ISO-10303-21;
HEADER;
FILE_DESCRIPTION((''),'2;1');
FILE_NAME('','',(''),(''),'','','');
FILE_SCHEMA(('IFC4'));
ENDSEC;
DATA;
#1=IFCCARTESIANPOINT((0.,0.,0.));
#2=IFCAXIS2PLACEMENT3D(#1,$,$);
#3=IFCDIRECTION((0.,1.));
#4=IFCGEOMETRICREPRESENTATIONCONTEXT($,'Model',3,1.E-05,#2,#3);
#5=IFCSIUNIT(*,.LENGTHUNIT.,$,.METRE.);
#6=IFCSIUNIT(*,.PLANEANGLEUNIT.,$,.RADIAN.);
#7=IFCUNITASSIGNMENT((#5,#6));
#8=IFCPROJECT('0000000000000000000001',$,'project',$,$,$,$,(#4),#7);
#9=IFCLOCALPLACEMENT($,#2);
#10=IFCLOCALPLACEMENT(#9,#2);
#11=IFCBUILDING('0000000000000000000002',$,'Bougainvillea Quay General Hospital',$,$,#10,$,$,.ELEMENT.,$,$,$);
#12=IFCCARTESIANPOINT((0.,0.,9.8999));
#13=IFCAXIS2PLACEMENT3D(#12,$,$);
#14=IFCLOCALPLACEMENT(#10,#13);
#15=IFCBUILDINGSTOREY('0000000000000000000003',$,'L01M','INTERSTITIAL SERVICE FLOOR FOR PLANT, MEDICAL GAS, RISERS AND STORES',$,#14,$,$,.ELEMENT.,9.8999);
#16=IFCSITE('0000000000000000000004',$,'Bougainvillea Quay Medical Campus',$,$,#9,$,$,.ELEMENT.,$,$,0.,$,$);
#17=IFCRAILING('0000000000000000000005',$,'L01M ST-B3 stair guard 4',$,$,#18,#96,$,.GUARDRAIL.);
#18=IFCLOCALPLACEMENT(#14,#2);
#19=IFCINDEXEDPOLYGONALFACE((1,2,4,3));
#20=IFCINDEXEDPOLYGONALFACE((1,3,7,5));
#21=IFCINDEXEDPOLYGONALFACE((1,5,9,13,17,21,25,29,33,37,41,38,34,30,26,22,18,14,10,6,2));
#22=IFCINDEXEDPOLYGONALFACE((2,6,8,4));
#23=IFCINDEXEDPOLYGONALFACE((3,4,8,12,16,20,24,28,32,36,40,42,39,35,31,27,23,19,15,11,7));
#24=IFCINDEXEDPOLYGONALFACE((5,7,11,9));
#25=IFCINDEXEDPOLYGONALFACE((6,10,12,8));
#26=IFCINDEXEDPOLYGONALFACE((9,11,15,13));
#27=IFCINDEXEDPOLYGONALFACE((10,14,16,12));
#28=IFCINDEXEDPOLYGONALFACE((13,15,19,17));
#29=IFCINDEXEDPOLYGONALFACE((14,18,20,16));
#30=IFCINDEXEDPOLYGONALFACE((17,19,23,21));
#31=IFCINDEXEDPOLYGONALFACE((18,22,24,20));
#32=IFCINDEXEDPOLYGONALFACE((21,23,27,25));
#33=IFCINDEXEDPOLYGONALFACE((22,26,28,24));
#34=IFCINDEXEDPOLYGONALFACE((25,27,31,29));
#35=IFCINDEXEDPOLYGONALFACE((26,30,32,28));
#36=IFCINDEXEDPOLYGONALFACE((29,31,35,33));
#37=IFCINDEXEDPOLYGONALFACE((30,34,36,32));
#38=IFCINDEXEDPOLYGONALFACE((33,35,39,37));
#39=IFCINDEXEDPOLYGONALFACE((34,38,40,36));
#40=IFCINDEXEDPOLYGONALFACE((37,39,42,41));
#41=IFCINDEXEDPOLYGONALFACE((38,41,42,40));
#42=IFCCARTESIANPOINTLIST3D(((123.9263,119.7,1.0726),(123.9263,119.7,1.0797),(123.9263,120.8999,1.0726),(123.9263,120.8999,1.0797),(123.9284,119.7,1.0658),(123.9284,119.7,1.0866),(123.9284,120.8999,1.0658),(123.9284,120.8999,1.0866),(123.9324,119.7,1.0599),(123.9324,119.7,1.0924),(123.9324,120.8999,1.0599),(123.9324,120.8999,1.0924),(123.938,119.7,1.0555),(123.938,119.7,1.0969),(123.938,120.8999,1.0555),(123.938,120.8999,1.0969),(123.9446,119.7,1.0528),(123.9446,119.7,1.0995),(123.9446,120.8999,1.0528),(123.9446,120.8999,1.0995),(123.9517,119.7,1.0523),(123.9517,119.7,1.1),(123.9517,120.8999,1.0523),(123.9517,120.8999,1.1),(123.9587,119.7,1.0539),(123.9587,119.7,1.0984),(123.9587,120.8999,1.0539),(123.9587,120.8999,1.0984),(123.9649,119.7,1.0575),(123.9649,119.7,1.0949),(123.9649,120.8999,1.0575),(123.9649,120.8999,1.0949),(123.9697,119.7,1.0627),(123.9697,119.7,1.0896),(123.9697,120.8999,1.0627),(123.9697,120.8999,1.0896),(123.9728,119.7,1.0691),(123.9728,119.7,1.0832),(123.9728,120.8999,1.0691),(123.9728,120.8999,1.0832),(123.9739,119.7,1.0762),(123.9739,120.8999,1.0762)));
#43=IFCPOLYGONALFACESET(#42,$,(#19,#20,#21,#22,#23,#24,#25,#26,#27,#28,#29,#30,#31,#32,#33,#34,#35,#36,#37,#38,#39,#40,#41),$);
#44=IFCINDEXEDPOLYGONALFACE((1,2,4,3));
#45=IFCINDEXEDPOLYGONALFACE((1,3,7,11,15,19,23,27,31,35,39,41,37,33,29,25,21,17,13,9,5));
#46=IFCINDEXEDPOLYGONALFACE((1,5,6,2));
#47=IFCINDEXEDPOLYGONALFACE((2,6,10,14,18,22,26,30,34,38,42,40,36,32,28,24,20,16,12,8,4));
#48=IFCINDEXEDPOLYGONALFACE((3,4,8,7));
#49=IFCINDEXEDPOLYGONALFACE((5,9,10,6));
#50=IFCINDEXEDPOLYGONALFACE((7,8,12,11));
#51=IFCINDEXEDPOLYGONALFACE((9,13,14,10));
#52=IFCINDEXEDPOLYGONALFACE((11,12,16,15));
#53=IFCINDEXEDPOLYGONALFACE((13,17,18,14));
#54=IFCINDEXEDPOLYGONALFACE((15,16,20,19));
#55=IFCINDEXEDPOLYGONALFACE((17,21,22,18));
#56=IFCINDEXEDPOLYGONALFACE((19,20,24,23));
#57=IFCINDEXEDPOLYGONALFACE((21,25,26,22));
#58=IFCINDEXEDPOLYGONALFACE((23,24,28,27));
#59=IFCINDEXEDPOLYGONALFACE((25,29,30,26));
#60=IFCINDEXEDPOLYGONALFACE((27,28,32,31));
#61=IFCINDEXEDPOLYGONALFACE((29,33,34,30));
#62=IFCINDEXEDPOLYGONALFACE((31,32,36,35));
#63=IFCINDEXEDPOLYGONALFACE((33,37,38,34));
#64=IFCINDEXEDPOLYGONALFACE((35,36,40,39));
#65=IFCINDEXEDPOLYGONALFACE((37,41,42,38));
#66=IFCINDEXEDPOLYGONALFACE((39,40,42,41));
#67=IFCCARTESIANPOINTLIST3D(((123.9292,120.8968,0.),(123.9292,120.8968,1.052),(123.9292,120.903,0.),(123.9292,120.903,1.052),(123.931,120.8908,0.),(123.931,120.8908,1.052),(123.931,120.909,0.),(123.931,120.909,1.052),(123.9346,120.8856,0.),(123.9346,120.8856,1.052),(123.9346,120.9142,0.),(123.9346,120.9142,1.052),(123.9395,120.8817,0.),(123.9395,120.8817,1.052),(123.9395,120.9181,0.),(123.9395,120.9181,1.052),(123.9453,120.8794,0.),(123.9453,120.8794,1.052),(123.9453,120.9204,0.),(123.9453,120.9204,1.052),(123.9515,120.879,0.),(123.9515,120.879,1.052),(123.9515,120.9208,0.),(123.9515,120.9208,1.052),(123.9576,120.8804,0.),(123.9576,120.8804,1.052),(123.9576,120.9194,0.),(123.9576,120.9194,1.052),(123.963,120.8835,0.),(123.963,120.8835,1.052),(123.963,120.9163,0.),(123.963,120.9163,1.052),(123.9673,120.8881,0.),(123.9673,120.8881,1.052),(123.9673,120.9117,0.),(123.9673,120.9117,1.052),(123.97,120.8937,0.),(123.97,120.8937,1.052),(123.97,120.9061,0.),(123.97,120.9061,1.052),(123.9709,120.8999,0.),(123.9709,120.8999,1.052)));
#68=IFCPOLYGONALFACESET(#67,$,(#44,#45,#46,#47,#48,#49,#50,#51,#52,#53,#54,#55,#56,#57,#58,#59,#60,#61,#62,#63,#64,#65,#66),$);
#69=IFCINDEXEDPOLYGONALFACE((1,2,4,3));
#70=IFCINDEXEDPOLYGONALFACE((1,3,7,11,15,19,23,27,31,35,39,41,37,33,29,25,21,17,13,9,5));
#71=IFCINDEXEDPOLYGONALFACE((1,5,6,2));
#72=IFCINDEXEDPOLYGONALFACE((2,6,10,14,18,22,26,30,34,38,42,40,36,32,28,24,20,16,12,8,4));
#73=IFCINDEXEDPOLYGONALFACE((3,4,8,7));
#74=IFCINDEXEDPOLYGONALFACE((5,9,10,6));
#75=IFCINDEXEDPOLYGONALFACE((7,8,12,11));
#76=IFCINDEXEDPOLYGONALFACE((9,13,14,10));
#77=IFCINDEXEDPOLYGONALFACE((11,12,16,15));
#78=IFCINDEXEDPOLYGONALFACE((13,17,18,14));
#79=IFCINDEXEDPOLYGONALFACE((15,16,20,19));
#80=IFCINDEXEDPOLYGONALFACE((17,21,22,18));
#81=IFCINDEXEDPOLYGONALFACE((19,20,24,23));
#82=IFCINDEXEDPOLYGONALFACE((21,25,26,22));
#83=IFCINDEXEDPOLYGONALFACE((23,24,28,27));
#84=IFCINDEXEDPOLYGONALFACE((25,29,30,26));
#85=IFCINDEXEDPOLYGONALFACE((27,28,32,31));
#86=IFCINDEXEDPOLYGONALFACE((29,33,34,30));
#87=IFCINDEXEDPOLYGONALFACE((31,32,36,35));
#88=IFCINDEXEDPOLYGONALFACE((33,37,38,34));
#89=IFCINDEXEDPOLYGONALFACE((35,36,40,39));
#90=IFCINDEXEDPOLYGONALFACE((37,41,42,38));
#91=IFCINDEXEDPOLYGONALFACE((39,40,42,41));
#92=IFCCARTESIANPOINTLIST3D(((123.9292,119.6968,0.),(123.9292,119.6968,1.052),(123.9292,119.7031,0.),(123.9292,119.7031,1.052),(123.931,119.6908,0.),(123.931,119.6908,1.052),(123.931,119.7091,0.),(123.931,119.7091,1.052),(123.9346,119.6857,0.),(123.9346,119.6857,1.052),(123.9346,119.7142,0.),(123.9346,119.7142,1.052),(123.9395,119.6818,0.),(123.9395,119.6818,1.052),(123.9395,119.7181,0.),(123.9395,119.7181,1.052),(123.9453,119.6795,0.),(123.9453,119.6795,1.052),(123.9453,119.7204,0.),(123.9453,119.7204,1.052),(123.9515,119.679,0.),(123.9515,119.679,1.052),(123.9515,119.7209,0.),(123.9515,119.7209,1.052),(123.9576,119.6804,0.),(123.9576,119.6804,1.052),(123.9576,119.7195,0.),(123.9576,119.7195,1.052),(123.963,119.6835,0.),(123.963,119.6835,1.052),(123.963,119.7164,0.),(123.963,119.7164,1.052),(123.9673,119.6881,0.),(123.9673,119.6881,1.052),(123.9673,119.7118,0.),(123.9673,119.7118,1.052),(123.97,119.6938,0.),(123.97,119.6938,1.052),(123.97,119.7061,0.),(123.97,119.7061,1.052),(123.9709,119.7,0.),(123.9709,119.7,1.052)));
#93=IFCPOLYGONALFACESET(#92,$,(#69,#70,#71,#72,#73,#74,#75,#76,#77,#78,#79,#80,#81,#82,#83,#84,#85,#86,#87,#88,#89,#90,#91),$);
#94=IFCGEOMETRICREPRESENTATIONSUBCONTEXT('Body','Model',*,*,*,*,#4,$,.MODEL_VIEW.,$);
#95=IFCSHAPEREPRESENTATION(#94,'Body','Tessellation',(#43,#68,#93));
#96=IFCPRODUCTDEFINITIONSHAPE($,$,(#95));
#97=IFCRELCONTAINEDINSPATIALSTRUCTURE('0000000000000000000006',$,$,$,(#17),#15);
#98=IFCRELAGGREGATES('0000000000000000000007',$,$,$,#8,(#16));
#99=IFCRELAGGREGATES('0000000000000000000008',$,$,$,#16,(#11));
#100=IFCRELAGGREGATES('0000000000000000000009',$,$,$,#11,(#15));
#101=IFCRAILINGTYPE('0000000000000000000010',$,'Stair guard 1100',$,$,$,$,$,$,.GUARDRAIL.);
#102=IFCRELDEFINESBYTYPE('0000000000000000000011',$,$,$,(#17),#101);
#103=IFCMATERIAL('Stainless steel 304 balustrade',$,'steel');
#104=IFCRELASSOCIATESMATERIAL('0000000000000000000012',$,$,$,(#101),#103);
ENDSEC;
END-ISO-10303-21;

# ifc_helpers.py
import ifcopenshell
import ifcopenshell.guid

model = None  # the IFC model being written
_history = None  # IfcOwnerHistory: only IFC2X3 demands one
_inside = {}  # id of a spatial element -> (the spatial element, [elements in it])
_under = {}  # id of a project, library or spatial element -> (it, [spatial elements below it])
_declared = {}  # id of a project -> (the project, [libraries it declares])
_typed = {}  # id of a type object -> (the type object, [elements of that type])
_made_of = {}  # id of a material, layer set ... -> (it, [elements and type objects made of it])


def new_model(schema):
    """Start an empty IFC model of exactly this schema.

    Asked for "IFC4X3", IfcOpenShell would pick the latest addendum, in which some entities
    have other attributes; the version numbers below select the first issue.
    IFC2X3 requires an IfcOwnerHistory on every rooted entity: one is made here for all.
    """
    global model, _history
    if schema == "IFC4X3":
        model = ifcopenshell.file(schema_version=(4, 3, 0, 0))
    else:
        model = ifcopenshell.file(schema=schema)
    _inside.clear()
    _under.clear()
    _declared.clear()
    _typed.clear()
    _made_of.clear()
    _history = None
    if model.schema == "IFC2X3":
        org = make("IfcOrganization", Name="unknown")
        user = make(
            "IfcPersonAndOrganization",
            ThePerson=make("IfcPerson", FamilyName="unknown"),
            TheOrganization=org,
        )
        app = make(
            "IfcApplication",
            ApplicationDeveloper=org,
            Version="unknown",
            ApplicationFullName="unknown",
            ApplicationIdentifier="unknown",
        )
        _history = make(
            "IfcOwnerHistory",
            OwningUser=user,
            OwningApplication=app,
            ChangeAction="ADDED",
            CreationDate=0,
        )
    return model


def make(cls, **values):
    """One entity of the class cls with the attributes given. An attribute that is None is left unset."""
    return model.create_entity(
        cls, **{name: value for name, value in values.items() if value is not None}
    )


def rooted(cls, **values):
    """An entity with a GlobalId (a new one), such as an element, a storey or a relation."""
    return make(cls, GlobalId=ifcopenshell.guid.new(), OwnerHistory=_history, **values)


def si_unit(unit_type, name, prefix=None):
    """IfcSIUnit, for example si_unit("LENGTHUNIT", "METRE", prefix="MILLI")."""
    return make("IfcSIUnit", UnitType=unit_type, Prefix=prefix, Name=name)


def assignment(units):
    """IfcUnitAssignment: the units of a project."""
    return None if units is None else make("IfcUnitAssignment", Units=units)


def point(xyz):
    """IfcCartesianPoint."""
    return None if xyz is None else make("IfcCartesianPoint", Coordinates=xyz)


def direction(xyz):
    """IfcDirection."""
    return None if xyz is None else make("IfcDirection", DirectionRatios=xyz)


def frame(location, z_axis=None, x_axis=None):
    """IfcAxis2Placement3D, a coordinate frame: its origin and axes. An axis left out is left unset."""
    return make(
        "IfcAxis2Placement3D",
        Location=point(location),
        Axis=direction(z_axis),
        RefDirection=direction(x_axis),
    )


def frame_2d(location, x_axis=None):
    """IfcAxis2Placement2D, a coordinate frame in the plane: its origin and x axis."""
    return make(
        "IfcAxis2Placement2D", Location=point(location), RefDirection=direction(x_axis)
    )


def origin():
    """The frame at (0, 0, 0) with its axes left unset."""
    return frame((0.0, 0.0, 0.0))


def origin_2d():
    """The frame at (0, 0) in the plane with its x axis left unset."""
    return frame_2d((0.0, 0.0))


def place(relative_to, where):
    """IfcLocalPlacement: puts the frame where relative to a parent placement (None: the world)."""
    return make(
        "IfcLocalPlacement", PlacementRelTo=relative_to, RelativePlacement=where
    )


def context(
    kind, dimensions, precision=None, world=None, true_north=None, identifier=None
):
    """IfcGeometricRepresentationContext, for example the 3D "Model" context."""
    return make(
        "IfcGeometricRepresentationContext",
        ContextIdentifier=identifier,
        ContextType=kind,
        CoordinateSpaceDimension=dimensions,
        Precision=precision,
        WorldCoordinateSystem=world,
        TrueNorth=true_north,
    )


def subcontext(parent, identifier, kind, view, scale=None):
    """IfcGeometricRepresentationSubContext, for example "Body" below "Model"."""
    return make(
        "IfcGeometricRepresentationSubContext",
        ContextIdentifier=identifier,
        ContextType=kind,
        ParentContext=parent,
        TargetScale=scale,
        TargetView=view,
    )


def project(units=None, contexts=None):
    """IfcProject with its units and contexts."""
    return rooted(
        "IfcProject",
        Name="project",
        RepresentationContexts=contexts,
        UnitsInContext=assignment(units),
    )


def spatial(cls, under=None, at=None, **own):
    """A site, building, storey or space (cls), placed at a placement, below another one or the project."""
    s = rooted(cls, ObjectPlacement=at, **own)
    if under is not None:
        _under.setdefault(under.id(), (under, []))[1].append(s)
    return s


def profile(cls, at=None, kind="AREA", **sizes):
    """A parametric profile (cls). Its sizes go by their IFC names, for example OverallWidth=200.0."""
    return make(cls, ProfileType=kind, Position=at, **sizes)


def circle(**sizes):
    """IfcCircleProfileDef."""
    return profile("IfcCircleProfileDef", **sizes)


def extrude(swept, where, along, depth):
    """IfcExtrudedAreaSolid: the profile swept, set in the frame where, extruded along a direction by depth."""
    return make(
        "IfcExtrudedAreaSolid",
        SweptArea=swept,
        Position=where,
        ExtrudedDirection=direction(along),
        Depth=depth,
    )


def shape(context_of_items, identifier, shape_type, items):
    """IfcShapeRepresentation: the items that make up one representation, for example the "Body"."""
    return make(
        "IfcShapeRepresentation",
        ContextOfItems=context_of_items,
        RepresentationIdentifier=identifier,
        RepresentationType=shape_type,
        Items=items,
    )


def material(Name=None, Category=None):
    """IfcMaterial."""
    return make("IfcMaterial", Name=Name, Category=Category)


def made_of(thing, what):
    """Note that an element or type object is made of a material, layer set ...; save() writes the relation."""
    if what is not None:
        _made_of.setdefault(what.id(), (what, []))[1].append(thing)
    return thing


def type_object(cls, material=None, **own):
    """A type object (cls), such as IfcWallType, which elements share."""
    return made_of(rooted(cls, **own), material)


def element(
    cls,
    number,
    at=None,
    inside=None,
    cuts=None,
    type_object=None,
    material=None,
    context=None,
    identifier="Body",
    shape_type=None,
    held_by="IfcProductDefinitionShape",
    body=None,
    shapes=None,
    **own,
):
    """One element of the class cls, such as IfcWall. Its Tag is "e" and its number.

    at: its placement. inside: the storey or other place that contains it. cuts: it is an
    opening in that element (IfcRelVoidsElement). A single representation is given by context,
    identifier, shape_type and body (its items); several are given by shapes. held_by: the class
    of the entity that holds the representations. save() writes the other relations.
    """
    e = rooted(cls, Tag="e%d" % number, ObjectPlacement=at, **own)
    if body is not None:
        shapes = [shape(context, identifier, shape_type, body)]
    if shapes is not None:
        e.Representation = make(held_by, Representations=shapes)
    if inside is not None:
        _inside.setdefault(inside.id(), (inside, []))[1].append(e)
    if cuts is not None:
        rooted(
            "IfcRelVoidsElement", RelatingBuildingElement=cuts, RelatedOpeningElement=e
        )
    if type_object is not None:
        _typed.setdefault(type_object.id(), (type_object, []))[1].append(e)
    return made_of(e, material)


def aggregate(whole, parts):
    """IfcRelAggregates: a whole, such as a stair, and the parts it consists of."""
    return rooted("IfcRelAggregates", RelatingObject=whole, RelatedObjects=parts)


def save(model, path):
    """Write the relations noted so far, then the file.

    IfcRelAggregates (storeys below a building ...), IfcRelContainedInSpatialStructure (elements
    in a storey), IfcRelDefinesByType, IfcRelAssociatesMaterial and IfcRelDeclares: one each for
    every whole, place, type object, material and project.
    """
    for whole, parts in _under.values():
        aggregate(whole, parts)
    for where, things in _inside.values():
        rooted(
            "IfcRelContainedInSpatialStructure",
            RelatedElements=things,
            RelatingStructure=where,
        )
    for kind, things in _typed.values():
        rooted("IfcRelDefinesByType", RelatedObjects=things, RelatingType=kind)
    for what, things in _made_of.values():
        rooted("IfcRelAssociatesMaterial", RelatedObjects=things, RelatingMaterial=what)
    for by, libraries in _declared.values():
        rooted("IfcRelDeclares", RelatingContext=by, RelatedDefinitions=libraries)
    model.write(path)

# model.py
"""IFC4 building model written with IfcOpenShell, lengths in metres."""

from ifc_helpers import new_model, si_unit, direction, frame, origin, origin_2d, place, context, subcontext, project, spatial, circle, extrude, material, type_object, element, save


model = new_model("IFC4")

# Units and contexts
model_context = context("Model", 3, precision=1e-05, world=origin(), true_north=direction((0.0, 1.0)))
body_context = subcontext(model_context, "Body", "Model", "MODEL_VIEW")
ifc_project = project(units=[si_unit("LENGTHUNIT", "METRE"), si_unit("PLANEANGLEUNIT", "RADIAN")], contexts=[model_context])

# Site, building, storey
site_placement = place(None, origin())
site = spatial("IfcSite", under=ifc_project, at=site_placement, Name="Bougainvillea Quay Medical Campus", CompositionType="ELEMENT", RefElevation=0.0)
building_placement = place(site_placement, origin())
building = spatial("IfcBuilding", under=site, at=building_placement, Name="Bougainvillea Quay General Hospital", CompositionType="ELEMENT")
storey_placement = place(building_placement, frame((0.0, 0.0, 9.8999)))
storey = spatial("IfcBuildingStorey", under=building, at=storey_placement, Name="L01M", Description="INTERSTITIAL SERVICE FLOOR FOR PLANT, MEDICAL GAS, RISERS AND STORES", CompositionType="ELEMENT", Elevation=9.8999)

# Railing
ifc_material_1 = material(Name="Stainless steel 304 balustrade", Category="steel")
railing_type_1 = type_object("IfcRailingType", Name="Stair guard 1100", PredefinedType="GUARDRAIL", material=ifc_material_1)
railing_1_placement = place(storey_placement, frame((123.95, 120.8999, 0.0)))
element("IfcRailing", 1, at=railing_1_placement, inside=storey, type_object=railing_type_1, Name="L01M ST-B3 stair guard 4", PredefinedType="GUARDRAIL", context=body_context, shape_type="SweptSolid", body=[
    extrude(circle(Radius=0.0239, at=origin_2d()), frame((0.0, 0.0, 1.0762), z_axis=(0.0, -1.0, 0.0), x_axis=(1.0, 0.0, 0.0)), (0.0, 0.0, 1.0), 1.2),
    extrude(circle(Radius=0.021, at=origin_2d()), origin(), (0.0, 0.0, 1.0), 1.052),
    extrude(circle(Radius=0.021, at=origin_2d()), frame((0.0, -1.2, 0.0)), (0.0, 0.0, 1.0), 1.052),
])

save(model, "model.ifc")
